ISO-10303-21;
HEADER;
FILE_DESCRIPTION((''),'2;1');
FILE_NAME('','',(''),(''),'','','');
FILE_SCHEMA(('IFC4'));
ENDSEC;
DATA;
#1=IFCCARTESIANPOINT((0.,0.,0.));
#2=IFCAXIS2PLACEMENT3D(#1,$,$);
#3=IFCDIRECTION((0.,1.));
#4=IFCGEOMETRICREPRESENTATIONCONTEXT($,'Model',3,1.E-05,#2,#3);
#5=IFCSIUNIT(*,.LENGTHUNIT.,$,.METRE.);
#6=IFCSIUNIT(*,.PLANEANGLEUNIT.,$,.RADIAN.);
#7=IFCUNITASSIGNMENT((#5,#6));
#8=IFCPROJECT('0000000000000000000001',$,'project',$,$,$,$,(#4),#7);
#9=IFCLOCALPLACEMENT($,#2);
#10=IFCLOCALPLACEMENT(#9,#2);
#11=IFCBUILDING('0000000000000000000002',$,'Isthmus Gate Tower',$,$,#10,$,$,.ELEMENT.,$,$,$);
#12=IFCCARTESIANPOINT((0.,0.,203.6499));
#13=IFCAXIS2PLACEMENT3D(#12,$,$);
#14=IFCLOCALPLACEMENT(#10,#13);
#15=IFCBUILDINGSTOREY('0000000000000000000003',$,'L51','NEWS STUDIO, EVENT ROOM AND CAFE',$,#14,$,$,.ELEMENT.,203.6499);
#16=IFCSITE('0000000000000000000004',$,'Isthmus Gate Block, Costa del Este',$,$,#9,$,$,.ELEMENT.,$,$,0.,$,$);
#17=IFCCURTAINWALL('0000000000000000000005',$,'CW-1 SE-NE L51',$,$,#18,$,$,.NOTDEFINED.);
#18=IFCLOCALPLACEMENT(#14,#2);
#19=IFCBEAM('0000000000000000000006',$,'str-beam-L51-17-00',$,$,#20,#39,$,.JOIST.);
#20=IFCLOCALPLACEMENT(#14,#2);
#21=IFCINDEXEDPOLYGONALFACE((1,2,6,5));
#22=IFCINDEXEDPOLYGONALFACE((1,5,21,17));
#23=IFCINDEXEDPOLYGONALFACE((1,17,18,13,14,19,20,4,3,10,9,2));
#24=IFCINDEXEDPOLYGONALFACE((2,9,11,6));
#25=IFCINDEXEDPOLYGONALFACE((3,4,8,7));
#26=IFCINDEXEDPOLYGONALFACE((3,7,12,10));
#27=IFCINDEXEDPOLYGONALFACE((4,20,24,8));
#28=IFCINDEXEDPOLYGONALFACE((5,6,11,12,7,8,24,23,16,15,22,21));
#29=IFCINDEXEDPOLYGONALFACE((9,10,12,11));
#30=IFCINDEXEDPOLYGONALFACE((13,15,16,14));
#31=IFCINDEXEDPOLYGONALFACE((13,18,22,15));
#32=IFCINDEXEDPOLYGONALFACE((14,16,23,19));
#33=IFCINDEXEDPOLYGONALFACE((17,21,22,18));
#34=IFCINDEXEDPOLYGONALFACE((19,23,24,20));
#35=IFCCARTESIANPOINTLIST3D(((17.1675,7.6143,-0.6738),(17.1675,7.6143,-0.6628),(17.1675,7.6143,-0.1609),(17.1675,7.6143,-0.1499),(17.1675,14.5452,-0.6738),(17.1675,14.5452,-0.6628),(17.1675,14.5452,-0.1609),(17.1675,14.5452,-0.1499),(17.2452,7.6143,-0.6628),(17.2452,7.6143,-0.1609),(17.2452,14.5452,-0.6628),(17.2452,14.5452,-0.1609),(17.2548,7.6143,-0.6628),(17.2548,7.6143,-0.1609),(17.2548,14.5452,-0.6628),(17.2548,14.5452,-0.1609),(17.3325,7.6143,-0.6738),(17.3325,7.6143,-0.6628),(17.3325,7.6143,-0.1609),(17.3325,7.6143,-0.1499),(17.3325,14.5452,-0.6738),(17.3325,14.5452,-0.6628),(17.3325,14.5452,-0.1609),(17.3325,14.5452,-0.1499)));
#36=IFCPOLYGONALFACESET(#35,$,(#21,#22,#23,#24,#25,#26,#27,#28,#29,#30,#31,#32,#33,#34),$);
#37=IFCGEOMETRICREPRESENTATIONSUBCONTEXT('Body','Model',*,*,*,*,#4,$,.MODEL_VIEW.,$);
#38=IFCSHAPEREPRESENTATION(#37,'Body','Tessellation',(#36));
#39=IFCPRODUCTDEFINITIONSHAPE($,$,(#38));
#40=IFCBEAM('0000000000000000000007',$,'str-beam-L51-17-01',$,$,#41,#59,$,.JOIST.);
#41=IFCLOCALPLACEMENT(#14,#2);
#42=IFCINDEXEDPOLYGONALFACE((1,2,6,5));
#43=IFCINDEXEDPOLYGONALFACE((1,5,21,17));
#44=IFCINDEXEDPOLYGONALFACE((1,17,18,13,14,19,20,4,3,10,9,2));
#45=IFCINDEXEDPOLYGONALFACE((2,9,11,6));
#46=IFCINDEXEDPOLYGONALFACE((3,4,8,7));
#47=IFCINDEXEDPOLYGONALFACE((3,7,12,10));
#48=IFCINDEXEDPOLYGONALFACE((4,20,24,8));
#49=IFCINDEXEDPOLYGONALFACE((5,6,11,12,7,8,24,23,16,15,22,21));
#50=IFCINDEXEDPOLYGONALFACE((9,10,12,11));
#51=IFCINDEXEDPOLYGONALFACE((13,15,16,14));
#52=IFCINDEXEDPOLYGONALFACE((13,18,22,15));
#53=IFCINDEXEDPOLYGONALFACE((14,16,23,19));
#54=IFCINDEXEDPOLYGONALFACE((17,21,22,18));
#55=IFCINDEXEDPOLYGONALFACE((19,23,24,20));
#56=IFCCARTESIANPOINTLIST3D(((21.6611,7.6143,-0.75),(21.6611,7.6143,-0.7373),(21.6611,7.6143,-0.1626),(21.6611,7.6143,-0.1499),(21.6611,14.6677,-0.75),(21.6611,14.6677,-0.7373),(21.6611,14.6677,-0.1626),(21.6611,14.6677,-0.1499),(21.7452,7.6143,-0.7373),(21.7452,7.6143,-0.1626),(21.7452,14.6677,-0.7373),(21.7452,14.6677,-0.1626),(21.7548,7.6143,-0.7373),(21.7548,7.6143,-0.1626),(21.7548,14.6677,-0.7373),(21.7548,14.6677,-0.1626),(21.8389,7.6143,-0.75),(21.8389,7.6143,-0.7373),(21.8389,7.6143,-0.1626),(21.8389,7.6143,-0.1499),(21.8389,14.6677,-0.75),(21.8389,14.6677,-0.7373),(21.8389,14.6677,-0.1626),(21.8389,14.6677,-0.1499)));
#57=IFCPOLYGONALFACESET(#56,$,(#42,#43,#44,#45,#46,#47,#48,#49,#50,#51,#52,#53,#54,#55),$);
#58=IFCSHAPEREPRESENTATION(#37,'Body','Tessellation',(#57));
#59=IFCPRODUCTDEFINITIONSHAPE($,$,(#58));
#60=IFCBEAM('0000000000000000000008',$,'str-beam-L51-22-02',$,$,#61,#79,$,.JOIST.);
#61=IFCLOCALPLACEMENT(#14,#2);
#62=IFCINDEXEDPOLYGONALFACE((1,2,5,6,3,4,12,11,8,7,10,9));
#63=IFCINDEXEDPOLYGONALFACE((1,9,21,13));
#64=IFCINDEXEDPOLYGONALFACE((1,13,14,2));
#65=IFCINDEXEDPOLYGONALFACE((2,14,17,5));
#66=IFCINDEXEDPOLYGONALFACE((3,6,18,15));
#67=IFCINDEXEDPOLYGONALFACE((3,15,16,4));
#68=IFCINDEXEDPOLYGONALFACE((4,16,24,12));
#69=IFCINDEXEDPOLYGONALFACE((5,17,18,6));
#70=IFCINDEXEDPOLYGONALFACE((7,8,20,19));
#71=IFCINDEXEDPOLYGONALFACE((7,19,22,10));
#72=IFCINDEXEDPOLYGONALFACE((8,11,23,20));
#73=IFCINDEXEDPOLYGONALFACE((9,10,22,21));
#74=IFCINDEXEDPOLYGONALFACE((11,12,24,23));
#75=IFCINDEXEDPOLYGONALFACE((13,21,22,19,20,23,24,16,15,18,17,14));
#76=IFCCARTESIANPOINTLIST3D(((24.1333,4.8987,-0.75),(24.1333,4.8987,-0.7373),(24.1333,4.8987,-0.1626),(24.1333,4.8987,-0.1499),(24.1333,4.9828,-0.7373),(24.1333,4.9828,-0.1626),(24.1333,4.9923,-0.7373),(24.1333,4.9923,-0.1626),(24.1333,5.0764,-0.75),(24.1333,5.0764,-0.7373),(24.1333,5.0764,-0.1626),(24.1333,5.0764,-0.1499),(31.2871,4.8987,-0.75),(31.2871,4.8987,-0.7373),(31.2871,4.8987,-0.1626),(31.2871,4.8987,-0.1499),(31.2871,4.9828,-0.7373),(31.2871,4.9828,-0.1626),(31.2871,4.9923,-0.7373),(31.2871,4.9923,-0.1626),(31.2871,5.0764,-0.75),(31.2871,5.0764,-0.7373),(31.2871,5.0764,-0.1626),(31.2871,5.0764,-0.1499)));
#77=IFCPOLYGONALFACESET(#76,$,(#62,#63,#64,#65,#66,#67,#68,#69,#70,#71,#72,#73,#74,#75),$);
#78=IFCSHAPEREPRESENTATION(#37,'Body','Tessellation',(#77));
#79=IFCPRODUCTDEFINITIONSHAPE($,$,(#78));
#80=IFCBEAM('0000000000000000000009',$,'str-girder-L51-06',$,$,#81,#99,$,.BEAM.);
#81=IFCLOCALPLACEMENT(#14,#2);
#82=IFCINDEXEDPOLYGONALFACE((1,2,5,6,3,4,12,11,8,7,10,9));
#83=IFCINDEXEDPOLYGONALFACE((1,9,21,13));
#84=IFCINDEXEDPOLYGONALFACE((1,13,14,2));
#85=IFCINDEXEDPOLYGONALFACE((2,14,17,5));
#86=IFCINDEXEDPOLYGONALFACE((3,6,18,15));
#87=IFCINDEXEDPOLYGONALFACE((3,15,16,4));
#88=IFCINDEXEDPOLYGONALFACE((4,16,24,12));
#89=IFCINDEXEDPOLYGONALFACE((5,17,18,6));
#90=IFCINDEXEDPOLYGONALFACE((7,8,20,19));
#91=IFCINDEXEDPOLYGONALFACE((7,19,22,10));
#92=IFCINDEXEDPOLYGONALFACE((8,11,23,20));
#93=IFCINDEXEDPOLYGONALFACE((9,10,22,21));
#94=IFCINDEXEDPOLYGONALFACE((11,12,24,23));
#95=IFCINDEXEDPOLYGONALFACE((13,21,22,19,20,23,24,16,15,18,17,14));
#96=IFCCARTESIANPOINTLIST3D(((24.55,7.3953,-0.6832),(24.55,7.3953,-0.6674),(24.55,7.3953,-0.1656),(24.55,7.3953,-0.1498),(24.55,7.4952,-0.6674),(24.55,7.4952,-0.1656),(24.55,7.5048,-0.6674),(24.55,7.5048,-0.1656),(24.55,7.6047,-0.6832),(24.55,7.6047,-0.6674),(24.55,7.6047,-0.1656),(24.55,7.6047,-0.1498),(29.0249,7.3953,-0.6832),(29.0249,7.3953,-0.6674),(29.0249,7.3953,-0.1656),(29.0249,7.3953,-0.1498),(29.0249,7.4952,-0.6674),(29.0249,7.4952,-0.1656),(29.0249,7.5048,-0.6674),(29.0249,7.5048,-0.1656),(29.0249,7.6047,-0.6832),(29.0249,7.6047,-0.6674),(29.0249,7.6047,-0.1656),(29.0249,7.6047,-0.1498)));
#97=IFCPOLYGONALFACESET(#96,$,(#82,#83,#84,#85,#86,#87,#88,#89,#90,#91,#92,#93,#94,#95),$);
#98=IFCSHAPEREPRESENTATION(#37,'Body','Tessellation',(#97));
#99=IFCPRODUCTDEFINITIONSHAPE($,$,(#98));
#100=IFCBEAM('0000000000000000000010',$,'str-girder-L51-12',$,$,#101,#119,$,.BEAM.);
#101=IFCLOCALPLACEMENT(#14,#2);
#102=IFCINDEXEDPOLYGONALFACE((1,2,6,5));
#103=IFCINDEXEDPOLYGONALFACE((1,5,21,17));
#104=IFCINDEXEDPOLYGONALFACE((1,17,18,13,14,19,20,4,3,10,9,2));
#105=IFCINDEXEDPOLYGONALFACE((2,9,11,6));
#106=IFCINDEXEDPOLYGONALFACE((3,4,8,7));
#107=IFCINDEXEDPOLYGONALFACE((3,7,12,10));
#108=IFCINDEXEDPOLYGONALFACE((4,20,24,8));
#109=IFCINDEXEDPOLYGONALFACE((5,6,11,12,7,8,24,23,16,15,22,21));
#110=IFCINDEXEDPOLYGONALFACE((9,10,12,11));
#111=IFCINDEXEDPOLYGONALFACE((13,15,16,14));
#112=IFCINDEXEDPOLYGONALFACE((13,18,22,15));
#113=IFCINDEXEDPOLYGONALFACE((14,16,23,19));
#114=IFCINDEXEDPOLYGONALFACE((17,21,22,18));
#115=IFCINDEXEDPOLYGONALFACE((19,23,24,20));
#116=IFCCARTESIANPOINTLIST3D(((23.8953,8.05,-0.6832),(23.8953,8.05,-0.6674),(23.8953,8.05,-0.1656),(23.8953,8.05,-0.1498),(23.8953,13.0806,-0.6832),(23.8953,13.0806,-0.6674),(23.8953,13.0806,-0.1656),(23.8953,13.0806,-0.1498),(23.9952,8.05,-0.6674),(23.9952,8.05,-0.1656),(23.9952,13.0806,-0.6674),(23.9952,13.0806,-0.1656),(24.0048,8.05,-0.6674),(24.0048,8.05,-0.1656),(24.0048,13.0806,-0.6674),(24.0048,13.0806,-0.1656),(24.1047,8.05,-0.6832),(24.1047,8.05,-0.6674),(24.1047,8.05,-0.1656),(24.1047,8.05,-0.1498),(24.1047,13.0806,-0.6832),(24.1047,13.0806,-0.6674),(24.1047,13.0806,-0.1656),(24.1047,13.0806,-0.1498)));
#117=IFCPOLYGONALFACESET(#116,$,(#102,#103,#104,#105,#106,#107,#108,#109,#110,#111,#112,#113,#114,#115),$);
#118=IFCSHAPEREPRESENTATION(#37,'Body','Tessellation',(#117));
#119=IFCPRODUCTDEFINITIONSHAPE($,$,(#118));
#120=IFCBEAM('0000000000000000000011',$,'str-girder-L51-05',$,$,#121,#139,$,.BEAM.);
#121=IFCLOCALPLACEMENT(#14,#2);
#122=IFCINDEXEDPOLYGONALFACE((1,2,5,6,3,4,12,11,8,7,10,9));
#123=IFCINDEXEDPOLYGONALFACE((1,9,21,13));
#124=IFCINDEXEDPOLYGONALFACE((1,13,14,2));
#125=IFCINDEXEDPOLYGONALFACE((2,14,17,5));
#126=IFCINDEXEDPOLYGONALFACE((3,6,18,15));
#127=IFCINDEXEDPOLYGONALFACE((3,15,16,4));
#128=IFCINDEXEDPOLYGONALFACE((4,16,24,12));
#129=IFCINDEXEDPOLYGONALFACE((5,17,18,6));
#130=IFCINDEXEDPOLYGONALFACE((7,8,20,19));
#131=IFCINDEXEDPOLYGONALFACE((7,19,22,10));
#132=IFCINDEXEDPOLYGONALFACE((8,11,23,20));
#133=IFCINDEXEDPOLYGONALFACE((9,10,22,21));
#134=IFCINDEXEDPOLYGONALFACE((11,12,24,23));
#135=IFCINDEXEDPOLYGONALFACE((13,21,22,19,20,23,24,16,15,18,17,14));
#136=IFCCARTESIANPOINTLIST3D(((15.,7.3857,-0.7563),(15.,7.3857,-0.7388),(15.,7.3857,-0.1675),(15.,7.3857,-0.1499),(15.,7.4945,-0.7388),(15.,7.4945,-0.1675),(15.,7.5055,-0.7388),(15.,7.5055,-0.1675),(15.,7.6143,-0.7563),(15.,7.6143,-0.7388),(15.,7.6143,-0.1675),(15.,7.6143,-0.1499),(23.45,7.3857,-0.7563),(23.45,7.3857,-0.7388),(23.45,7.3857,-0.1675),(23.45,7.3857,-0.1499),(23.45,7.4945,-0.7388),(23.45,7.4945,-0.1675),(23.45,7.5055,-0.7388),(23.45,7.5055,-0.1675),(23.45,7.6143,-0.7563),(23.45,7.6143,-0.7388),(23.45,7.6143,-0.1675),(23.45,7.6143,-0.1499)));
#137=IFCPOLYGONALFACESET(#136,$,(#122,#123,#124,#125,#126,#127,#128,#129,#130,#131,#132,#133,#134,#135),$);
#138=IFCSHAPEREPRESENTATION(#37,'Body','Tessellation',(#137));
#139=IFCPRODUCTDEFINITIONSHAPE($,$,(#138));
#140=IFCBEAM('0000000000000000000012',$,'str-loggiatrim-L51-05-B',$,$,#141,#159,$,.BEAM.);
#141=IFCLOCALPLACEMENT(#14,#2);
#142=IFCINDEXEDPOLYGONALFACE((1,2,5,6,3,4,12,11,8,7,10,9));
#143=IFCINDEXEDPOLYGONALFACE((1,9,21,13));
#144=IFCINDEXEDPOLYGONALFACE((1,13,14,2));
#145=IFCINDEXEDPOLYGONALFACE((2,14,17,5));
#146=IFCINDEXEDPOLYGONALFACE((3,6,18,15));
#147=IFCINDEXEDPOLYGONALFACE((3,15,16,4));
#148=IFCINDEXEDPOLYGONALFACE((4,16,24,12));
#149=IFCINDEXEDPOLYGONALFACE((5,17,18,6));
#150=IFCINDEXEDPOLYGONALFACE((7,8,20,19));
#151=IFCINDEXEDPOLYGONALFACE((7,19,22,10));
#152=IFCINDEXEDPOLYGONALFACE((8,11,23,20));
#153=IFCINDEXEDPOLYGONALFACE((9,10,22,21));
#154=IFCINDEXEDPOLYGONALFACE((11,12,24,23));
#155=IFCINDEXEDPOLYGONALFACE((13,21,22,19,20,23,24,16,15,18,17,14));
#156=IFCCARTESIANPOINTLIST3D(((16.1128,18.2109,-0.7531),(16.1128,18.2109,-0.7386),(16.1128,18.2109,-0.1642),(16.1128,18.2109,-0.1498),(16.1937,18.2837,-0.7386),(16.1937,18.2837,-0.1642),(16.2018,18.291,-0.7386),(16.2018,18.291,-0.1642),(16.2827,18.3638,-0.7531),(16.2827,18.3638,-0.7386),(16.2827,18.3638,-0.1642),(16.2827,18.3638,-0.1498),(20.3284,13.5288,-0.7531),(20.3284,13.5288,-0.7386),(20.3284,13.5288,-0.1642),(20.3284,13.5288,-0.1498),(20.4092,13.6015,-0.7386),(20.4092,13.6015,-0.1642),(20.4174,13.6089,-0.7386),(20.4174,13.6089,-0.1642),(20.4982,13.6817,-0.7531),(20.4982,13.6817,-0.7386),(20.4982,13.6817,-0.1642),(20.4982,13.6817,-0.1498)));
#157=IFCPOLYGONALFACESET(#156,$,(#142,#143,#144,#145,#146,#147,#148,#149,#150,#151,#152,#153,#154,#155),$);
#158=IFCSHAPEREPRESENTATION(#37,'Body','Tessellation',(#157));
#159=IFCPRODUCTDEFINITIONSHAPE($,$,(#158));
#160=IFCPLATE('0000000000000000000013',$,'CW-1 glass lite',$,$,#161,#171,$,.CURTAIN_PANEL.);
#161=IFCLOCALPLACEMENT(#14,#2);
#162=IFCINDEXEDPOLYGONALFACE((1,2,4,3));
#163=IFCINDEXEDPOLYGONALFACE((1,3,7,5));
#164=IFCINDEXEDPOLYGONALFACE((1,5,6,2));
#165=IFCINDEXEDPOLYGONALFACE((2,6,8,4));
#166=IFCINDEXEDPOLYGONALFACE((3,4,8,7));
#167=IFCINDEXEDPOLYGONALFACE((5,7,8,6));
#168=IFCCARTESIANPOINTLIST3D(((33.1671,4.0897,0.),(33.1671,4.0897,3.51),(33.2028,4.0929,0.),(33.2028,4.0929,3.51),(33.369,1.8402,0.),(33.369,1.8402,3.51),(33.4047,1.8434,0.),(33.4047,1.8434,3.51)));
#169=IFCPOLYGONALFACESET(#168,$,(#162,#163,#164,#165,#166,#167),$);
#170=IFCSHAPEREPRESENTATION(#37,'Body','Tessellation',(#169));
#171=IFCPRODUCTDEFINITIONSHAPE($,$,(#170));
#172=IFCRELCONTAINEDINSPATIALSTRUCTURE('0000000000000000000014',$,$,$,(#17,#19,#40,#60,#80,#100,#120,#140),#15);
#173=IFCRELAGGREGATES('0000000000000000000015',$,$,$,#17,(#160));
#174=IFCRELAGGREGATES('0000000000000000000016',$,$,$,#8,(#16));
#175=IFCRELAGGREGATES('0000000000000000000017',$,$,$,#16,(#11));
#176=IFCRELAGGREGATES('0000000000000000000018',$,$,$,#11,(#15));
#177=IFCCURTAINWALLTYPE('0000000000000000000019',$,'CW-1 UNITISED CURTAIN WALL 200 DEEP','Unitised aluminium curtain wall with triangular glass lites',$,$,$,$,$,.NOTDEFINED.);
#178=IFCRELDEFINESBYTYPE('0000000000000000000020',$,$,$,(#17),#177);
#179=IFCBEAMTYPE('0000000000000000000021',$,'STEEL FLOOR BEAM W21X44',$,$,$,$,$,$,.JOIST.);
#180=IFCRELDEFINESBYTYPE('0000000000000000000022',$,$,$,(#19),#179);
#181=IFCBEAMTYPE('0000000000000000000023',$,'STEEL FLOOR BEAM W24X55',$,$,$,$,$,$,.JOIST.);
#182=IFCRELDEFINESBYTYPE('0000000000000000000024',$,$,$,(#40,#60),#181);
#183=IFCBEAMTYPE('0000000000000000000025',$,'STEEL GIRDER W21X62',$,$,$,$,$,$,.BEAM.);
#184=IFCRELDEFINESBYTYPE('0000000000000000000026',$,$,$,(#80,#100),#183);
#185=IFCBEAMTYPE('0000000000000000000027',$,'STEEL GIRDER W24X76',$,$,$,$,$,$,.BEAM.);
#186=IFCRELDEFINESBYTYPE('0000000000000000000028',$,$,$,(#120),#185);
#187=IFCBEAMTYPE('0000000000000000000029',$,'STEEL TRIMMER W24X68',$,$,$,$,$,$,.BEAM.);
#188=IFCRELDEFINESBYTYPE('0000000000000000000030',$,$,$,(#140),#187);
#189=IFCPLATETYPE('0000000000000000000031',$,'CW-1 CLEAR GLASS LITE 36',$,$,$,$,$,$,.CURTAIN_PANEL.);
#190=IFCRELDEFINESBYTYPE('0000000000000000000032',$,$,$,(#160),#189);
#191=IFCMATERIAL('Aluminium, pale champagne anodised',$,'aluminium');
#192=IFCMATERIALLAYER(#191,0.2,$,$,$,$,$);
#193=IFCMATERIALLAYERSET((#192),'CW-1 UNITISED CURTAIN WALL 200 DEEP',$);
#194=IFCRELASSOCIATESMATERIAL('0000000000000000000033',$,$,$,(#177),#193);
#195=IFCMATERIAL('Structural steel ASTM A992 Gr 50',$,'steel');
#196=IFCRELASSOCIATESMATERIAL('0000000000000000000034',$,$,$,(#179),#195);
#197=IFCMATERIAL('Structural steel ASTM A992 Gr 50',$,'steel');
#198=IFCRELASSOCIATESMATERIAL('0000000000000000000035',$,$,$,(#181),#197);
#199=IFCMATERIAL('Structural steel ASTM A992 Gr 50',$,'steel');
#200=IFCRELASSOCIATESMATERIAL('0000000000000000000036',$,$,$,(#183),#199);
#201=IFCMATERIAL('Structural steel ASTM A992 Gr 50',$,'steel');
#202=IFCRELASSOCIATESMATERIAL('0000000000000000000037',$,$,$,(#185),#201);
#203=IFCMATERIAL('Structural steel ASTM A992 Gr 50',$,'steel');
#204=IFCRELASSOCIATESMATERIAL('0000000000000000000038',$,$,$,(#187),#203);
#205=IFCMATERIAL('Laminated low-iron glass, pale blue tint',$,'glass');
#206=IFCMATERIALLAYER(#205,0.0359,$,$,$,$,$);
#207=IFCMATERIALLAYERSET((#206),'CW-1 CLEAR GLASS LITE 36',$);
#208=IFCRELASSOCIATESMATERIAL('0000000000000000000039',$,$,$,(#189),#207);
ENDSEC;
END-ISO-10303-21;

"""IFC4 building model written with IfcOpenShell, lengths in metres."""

from ifc_helpers import new_model, si_unit, direction, frame, origin, origin_2d, place, context, subcontext, project, spatial, rectangle, i_section, extrude, material, layer, layer_set, material_profile, profile_set, type_object, element, aggregate, save


model = new_model("IFC4")

# Units and contexts
model_context = context("Model", 3, precision=1e-05, world=origin(), true_north=direction((0.0, 1.0)))
body_context = subcontext(model_context, "Body", "Model", "MODEL_VIEW")
ifc_project = project(units=[si_unit("LENGTHUNIT", "METRE"), si_unit("PLANEANGLEUNIT", "RADIAN")], contexts=[model_context])

# Site, building, storey
site_placement = place(None, origin())
site = spatial("IfcSite", under=ifc_project, at=site_placement, Name="Isthmus Gate Block, Costa del Este", CompositionType="ELEMENT", RefElevation=0.0)
building_placement = place(site_placement, origin())
building = spatial("IfcBuilding", under=site, at=building_placement, Name="Isthmus Gate Tower", CompositionType="ELEMENT")
storey_placement = place(building_placement, frame((0.0, 0.0, 203.6499)))
storey = spatial("IfcBuildingStorey", under=building, at=storey_placement, Name="L51", Description="NEWS STUDIO, EVENT ROOM AND CAFE", CompositionType="ELEMENT", Elevation=203.6499)

# Curtain wall
ifc_material_1 = material(Name="Aluminium, pale champagne anodised", Category="aluminium")
ifc_layer_1 = layer(ifc_material_1, 0.2)
ifc_layer_set_1 = layer_set([ifc_layer_1], Name="CW-1 UNITISED CURTAIN WALL 200 DEEP")
curtain_wall_type_1 = type_object("IfcCurtainWallType", Name="CW-1 UNITISED CURTAIN WALL 200 DEEP", Description="Unitised aluminium curtain wall with triangular glass lites", PredefinedType="NOTDEFINED", material=ifc_layer_set_1)
curtain_wall_1_placement = place(storey_placement, origin())
curtain_wall_1 = element("IfcCurtainWall", 1, at=curtain_wall_1_placement, inside=storey, type_object=curtain_wall_type_1, Name="CW-1 SE-NE L51", PredefinedType="NOTDEFINED")

# Beams
ifc_material_2 = material(Name="Structural steel ASTM A992 Gr 50", Category="steel")
ifc_material_profile_1 = material_profile(ifc_material_2, i_section(OverallWidth=0.165, OverallDepth=0.5239, WebThickness=0.0095, FlangeThickness=0.011, at=origin_2d()), Name="W21X44")
ifc_profile_set_1 = profile_set([ifc_material_profile_1], Name="Structural steel ASTM A992 Gr 50")
beam_type_1 = type_object("IfcBeamType", Name="STEEL FLOOR BEAM W21X44", PredefinedType="JOIST", material=ifc_profile_set_1)
beam_1_placement = place(storey_placement, frame((17.25, 7.6143, -0.4119), z_axis=(0.0, 1.0, 0.0), x_axis=(-1.0, 0.0, 0.0)))
element("IfcBeam", 2, at=beam_1_placement, inside=storey, type_object=beam_type_1, Name="str-beam-L51-17-00", PredefinedType="JOIST", context=body_context, shape_type="SweptSolid", body=[
    extrude(i_section(OverallWidth=0.165, OverallDepth=0.5239, WebThickness=0.0095, FlangeThickness=0.011, at=origin_2d()), origin(), (0.0, 0.0, 1.0), 6.9309),
])
ifc_material_3 = material(Name="Structural steel ASTM A992 Gr 50", Category="steel")
ifc_material_profile_2 = material_profile(ifc_material_3, i_section(OverallWidth=0.1777, OverallDepth=0.6001, WebThickness=0.0095, FlangeThickness=0.0127, at=origin_2d()), Name="W24X55")
ifc_profile_set_2 = profile_set([ifc_material_profile_2], Name="Structural steel ASTM A992 Gr 50")
beam_type_2 = type_object("IfcBeamType", Name="STEEL FLOOR BEAM W24X55", PredefinedType="JOIST", material=ifc_profile_set_2)
beam_2_placement = place(storey_placement, frame((21.75, 7.6143, -0.45), z_axis=(0.0, 1.0, 0.0), x_axis=(-1.0, 0.0, 0.0)))
element("IfcBeam", 3, at=beam_2_placement, inside=storey, type_object=beam_type_2, Name="str-beam-L51-17-01", PredefinedType="JOIST", context=body_context, shape_type="SweptSolid", body=[
    extrude(i_section(OverallWidth=0.1777, OverallDepth=0.6001, WebThickness=0.0095, FlangeThickness=0.0127, at=origin_2d()), origin(), (0.0, 0.0, 1.0), 7.0535),
])
beam_3_placement = place(storey_placement, frame((24.1333, 4.9875, -0.45), z_axis=(1.0, 0.0, 0.0), x_axis=(0.0, 1.0, 0.0)))
element("IfcBeam", 4, at=beam_3_placement, inside=storey, type_object=beam_type_2, Name="str-beam-L51-22-02", PredefinedType="JOIST", context=body_context, shape_type="SweptSolid", body=[
    extrude(i_section(OverallWidth=0.1777, OverallDepth=0.6001, WebThickness=0.0095, FlangeThickness=0.0127, at=origin_2d()), origin(), (0.0, 0.0, 1.0), 7.1538),
])
ifc_material_4 = material(Name="Structural steel ASTM A992 Gr 50", Category="steel")
ifc_material_profile_3 = material_profile(ifc_material_4, i_section(OverallWidth=0.2095, OverallDepth=0.5334, WebThickness=0.0095, FlangeThickness=0.0159, at=origin_2d()), Name="W21X62")
ifc_profile_set_3 = profile_set([ifc_material_profile_3], Name="Structural steel ASTM A992 Gr 50")
beam_type_3 = type_object("IfcBeamType", Name="STEEL GIRDER W21X62", PredefinedType="BEAM", material=ifc_profile_set_3)
beam_4_placement = place(storey_placement, frame((24.55, 7.5, -0.4165), z_axis=(1.0, 0.0, 0.0), x_axis=(0.0, 1.0, 0.0)))
element("IfcBeam", 5, at=beam_4_placement, inside=storey, type_object=beam_type_3, Name="str-girder-L51-06", PredefinedType="BEAM", context=body_context, shape_type="SweptSolid", body=[
    extrude(i_section(OverallWidth=0.2095, OverallDepth=0.5334, WebThickness=0.0095, FlangeThickness=0.0159, at=origin_2d()), origin(), (0.0, 0.0, 1.0), 4.4749),
])
beam_5_placement = place(storey_placement, frame((24.0, 8.05, -0.4165), z_axis=(0.0, 1.0, 0.0), x_axis=(-1.0, 0.0, 0.0)))
element("IfcBeam", 6, at=beam_5_placement, inside=storey, type_object=beam_type_3, Name="str-girder-L51-12", PredefinedType="BEAM", context=body_context, shape_type="SweptSolid", body=[
    extrude(i_section(OverallWidth=0.2095, OverallDepth=0.5334, WebThickness=0.0095, FlangeThickness=0.0159, at=origin_2d()), origin(), (0.0, 0.0, 1.0), 5.0305),
])
ifc_material_5 = material(Name="Structural steel ASTM A992 Gr 50", Category="steel")
ifc_material_profile_4 = material_profile(ifc_material_5, i_section(OverallWidth=0.2285, OverallDepth=0.6064, WebThickness=0.011, FlangeThickness=0.0176, at=origin_2d()), Name="W24X76")
ifc_profile_set_4 = profile_set([ifc_material_profile_4], Name="Structural steel ASTM A992 Gr 50")
beam_type_4 = type_object("IfcBeamType", Name="STEEL GIRDER W24X76", PredefinedType="BEAM", material=ifc_profile_set_4)
beam_6_placement = place(storey_placement, frame((15.0, 7.5, -0.4531), z_axis=(1.0, 0.0, 0.0), x_axis=(0.0, 1.0, 0.0)))
element("IfcBeam", 7, at=beam_6_placement, inside=storey, type_object=beam_type_4, Name="str-girder-L51-05", PredefinedType="BEAM", context=body_context, shape_type="SweptSolid", body=[
    extrude(i_section(OverallWidth=0.2285, OverallDepth=0.6064, WebThickness=0.011, FlangeThickness=0.0176, at=origin_2d()), origin(), (0.0, 0.0, 1.0), 8.45),
])
ifc_material_6 = material(Name="Structural steel ASTM A992 Gr 50", Category="steel")
ifc_material_profile_5 = material_profile(ifc_material_6, i_section(OverallWidth=0.2285, OverallDepth=0.6033, WebThickness=0.011, FlangeThickness=0.0144, at=origin_2d()), Name="W24X68")
ifc_profile_set_5 = profile_set([ifc_material_profile_5], Name="Structural steel ASTM A992 Gr 50")
beam_type_5 = type_object("IfcBeamType", Name="STEEL TRIMMER W24X68", PredefinedType="BEAM", material=ifc_profile_set_5)
beam_7_placement = place(storey_placement, frame((20.4133, 13.6052, -0.4514), z_axis=(-0.66911, 0.743163, 0.0), x_axis=(-0.743163, -0.66911, 0.0)))
element("IfcBeam", 8, at=beam_7_placement, inside=storey, type_object=beam_type_5, Name="str-loggiatrim-L51-05-B", PredefinedType="BEAM", context=body_context, shape_type="SweptSolid", body=[
    extrude(i_section(OverallWidth=0.2285, OverallDepth=0.6033, WebThickness=0.011, FlangeThickness=0.0144, at=origin_2d()), origin(), (0.0, 0.0, 1.0), 6.3003),
])

# Plate
ifc_material_7 = material(Name="Laminated low-iron glass, pale blue tint", Category="glass")
ifc_layer_2 = layer(ifc_material_7, 0.0359)
ifc_layer_set_2 = layer_set([ifc_layer_2], Name="CW-1 CLEAR GLASS LITE 36")
plate_type_1 = type_object("IfcPlateType", Name="CW-1 CLEAR GLASS LITE 36", PredefinedType="CURTAIN_PANEL", material=ifc_layer_set_2)
plate_1_placement = place(storey_placement, frame((33.2859, 2.9666, 0.0), z_axis=(0.0, 0.0, 1.0), x_axis=(-0.089397, 0.995996, 0.0)))
plate_1 = element("IfcPlate", 9, at=plate_1_placement, type_object=plate_type_1, Name="CW-1 glass lite", PredefinedType="CURTAIN_PANEL", context=body_context, shape_type="SweptSolid", body=[
    extrude(rectangle(XDim=2.2585, YDim=0.0359, at=origin_2d()), origin(), (0.0, 0.0, 1.0), 3.51),
])
aggregate(curtain_wall_1, [plate_1])

save(model, "model.ifc")
